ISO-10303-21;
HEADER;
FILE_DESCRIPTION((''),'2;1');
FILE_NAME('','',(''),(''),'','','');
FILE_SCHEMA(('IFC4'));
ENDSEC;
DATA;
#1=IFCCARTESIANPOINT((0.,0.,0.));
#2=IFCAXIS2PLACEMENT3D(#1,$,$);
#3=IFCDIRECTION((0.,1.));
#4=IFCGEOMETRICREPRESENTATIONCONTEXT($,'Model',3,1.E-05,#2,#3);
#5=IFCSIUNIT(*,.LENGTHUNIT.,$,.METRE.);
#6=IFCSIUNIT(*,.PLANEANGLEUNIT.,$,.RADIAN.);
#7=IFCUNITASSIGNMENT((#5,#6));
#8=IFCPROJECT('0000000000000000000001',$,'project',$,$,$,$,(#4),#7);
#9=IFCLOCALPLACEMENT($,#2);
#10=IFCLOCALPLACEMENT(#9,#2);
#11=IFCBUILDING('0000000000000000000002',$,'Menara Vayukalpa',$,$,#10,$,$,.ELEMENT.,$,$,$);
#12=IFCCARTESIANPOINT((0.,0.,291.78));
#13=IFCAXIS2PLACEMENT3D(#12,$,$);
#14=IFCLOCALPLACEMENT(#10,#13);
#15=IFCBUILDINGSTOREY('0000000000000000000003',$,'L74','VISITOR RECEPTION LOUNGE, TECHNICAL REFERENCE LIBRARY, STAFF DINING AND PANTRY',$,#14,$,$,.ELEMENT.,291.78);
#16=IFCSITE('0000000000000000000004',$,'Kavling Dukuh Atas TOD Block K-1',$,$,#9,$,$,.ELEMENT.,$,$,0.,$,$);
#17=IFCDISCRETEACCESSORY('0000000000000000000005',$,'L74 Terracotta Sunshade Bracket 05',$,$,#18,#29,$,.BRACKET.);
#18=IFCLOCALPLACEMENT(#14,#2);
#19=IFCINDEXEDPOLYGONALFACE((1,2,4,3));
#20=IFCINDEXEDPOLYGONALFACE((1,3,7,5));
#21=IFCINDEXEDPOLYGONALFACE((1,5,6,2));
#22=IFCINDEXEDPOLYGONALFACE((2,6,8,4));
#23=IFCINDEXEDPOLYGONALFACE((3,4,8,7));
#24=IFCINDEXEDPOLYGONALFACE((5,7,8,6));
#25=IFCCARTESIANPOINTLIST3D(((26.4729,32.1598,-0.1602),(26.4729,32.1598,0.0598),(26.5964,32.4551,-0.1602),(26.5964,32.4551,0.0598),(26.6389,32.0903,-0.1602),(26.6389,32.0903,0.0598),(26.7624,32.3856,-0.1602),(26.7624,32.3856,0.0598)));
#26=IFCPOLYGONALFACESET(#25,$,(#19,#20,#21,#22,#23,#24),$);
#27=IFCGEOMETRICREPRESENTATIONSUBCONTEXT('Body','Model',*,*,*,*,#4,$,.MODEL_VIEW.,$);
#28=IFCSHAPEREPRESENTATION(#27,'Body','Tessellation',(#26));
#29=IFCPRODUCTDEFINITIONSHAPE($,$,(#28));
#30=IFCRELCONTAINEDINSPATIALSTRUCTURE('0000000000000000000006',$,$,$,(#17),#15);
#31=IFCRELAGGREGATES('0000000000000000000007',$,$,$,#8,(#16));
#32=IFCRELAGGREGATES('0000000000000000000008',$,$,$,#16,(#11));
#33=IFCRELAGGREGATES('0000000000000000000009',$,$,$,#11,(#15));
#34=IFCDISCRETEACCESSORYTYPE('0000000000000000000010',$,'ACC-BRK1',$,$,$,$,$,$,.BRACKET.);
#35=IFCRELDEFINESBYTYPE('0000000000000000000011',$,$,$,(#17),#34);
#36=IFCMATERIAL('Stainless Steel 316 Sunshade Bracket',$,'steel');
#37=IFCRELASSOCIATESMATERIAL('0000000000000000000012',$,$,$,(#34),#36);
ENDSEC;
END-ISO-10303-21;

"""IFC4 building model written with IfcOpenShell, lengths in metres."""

from ifc_helpers import new_model, si_unit, direction, frame, origin, origin_2d, place, context, subcontext, project, spatial, rectangle, extrude, material, type_object, element, save


model = new_model("IFC4")

# Units and contexts
model_context = context("Model", 3, precision=1e-05, world=origin(), true_north=direction((0.0, 1.0)))
body_context = subcontext(model_context, "Body", "Model", "MODEL_VIEW")
ifc_project = project(units=[si_unit("LENGTHUNIT", "METRE"), si_unit("PLANEANGLEUNIT", "RADIAN")], contexts=[model_context])

# Site, building, storey
site_placement = place(None, origin())
site = spatial("IfcSite", under=ifc_project, at=site_placement, Name="Kavling Dukuh Atas TOD Block K-1", CompositionType="ELEMENT", RefElevation=0.0)
building_placement = place(site_placement, origin())
building = spatial("IfcBuilding", under=site, at=building_placement, Name="Menara Vayukalpa", CompositionType="ELEMENT")
storey_placement = place(building_placement, frame((0.0, 0.0, 291.78)))
storey = spatial("IfcBuildingStorey", under=building, at=storey_placement, Name="L74", Description="VISITOR RECEPTION LOUNGE, TECHNICAL REFERENCE LIBRARY, STAFF DINING AND PANTRY", CompositionType="ELEMENT", Elevation=291.78)

# Discrete accessory
ifc_material_1 = material(Name="Stainless Steel 316 Sunshade Bracket", Category="steel")
discrete_accessory_type = type_object("IfcDiscreteAccessoryType", Name="ACC-BRK1", PredefinedType="BRACKET", material=ifc_material_1)
discrete_accessory_placement = place(storey_placement, frame((26.6177, 32.2727, -0.1602), z_axis=(0.0, 0.0, 1.0), x_axis=(-0.922538, 0.385906, 0.0)))
element("IfcDiscreteAccessory", 1, at=discrete_accessory_placement, inside=storey, type_object=discrete_accessory_type, Name="L74 Terracotta Sunshade Bracket 05", PredefinedType="BRACKET", context=body_context, shape_type="SweptSolid", body=[
    extrude(rectangle(XDim=0.1799, YDim=0.3201, at=origin_2d()), origin(), (0.0, 0.0, 1.0), 0.22),
])

save(model, "model.ifc")
